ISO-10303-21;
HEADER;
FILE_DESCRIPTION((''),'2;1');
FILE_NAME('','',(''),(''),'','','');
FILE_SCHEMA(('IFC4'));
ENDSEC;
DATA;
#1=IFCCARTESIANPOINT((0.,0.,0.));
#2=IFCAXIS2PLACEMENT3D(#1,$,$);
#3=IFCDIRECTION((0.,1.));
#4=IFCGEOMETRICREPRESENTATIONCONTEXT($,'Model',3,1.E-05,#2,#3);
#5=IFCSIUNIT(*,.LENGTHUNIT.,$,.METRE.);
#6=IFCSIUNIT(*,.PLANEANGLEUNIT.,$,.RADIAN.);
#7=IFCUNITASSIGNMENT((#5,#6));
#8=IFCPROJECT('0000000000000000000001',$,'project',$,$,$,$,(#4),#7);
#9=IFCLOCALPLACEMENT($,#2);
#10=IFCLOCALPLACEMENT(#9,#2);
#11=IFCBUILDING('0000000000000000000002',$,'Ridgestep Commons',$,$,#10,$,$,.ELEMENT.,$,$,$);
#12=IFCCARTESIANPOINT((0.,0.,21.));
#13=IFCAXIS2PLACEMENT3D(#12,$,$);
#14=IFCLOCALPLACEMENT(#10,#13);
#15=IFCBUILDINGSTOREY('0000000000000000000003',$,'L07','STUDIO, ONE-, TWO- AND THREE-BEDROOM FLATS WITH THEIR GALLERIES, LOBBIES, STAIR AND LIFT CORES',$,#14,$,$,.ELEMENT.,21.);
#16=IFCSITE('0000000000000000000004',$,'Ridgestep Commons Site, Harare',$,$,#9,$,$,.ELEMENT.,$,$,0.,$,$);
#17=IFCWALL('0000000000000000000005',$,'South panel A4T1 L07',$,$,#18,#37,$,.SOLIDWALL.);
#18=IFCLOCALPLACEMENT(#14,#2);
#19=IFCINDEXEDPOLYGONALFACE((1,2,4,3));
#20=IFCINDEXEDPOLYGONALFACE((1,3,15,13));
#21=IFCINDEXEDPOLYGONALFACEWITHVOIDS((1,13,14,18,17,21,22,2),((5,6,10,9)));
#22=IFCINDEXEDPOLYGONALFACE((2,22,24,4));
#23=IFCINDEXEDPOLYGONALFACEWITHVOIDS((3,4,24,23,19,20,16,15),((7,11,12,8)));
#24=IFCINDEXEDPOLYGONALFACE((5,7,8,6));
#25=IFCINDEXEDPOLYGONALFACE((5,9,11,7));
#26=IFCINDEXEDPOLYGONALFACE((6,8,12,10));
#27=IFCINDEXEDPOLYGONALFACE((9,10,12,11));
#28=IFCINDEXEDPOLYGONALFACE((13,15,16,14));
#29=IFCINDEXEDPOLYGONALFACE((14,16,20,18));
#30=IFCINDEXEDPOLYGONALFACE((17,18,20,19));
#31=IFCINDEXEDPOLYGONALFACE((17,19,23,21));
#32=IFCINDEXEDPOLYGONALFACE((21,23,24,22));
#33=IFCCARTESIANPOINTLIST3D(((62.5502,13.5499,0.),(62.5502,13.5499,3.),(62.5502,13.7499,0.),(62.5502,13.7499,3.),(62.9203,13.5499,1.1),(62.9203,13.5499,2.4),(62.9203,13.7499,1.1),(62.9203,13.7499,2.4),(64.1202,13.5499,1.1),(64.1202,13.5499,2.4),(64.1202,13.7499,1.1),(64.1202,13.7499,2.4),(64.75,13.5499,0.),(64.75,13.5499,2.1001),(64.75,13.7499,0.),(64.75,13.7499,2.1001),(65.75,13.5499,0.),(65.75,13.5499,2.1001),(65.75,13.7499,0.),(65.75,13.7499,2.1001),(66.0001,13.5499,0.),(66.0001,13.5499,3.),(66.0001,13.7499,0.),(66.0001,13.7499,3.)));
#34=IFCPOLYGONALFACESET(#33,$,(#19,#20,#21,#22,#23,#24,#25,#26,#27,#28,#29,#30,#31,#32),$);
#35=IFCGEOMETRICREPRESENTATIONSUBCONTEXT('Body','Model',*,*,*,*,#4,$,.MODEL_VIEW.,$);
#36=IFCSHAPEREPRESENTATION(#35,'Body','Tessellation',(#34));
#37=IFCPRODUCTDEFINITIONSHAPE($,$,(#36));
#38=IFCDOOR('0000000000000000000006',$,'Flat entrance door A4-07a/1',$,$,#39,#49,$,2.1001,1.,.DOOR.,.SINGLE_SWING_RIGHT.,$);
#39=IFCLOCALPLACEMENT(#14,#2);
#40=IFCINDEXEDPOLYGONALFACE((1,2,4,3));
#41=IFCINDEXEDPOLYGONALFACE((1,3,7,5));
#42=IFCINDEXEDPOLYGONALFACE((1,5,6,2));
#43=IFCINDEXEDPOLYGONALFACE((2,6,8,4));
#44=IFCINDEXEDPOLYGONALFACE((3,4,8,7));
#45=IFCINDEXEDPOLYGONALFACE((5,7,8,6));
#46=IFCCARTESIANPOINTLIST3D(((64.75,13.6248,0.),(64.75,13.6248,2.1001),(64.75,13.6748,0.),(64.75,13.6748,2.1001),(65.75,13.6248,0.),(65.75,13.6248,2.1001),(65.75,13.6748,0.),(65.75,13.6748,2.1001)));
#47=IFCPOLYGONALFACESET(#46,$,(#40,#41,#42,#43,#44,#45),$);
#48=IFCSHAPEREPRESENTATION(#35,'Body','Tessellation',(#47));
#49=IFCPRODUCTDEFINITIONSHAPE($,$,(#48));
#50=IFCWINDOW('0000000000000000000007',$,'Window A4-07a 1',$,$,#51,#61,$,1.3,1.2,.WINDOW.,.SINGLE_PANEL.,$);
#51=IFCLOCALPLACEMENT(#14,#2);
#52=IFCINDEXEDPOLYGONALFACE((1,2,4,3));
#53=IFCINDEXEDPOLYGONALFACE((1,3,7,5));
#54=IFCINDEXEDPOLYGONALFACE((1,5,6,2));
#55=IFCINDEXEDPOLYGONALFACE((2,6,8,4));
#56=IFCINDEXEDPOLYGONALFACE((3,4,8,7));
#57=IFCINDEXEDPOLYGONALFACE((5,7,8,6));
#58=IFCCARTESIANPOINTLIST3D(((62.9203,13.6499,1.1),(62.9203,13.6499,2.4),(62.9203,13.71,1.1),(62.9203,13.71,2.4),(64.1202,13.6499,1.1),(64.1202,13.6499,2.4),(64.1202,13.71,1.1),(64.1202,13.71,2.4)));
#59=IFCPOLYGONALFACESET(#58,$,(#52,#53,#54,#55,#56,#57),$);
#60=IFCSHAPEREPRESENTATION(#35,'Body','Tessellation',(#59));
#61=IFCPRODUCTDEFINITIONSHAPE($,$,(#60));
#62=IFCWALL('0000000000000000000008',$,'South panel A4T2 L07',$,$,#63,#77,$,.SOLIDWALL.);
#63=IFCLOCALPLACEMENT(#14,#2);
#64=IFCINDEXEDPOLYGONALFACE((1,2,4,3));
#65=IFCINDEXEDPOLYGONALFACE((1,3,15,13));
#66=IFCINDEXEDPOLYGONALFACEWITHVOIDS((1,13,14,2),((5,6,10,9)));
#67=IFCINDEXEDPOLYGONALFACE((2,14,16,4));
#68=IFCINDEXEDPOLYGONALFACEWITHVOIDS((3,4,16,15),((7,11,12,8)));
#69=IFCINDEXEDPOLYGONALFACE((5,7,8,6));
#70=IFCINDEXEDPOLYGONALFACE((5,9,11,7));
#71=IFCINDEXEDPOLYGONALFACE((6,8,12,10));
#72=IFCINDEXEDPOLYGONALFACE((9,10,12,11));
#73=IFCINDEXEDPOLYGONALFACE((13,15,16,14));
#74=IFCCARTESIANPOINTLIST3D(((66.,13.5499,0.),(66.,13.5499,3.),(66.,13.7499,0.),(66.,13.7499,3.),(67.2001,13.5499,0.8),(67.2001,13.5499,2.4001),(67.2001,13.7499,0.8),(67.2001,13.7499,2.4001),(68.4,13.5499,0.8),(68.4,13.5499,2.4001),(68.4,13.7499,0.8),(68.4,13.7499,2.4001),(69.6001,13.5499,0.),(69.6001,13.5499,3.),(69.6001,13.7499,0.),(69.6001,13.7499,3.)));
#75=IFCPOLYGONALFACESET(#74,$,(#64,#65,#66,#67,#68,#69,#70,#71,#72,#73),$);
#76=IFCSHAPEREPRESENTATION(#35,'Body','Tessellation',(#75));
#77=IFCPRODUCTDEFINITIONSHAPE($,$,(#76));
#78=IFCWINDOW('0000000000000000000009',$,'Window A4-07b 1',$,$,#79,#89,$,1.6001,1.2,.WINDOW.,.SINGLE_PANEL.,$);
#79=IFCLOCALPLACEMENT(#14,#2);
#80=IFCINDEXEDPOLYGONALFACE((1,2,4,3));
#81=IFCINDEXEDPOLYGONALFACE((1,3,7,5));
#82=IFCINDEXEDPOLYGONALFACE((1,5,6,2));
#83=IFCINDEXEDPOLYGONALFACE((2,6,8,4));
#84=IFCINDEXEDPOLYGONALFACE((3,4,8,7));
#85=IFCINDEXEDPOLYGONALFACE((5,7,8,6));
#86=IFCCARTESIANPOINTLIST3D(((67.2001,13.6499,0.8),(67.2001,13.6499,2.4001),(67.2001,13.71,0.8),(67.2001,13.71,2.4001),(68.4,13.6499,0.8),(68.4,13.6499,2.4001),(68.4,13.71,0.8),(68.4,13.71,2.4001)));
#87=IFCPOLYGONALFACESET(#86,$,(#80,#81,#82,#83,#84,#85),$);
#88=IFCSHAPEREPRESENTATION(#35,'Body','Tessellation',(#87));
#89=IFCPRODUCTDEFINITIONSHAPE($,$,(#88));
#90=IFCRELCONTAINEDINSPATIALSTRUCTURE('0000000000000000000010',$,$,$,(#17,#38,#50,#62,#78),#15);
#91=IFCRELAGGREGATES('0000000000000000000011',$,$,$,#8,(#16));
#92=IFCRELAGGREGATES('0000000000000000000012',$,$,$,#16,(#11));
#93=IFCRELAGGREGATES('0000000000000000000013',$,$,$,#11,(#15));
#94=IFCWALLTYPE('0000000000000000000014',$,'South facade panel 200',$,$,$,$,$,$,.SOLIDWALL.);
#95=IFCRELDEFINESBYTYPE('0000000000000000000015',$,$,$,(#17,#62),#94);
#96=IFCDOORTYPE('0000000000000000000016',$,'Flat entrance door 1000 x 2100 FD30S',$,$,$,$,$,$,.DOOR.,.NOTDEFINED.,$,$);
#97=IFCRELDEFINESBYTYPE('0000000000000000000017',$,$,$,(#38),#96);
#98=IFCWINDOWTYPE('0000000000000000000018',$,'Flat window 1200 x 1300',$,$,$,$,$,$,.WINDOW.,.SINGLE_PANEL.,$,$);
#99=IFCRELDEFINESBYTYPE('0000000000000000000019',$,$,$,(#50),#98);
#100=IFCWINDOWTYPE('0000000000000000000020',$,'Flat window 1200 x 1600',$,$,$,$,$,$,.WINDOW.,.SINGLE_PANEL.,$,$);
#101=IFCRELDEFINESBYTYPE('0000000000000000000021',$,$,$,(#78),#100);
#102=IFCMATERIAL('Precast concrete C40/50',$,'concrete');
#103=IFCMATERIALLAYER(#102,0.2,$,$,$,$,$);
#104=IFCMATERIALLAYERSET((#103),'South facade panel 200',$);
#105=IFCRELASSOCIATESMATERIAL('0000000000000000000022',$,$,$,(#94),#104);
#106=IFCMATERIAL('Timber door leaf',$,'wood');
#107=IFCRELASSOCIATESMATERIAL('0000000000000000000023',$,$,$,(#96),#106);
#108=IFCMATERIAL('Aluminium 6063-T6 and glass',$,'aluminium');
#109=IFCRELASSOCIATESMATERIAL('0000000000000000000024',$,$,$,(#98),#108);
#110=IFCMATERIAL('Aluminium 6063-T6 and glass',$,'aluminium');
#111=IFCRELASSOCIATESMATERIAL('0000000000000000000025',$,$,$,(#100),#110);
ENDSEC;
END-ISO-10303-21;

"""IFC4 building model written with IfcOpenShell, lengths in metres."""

from ifc_helpers import new_model, si_unit, direction, frame, frame_2d, origin, place, context, subcontext, project, spatial, rectangle, extrude, material, layer, layer_set, type_object, element, fill, save


model = new_model("IFC4")

# Units and contexts
model_context = context("Model", 3, precision=1e-05, world=origin(), true_north=direction((0.0, 1.0)))
body_context = subcontext(model_context, "Body", "Model", "MODEL_VIEW")
ifc_project = project(units=[si_unit("LENGTHUNIT", "METRE"), si_unit("PLANEANGLEUNIT", "RADIAN")], contexts=[model_context])

# Site, building, storey
site_placement = place(None, origin())
site = spatial("IfcSite", under=ifc_project, at=site_placement, Name="Ridgestep Commons Site, Harare", CompositionType="ELEMENT", RefElevation=0.0)
building_placement = place(site_placement, origin())
building = spatial("IfcBuilding", under=site, at=building_placement, Name="Ridgestep Commons", CompositionType="ELEMENT")
storey_placement = place(building_placement, frame((0.0, 0.0, 21.0)))
storey = spatial("IfcBuildingStorey", under=building, at=storey_placement, Name="L07", Description="STUDIO, ONE-, TWO- AND THREE-BEDROOM FLATS WITH THEIR GALLERIES, LOBBIES, STAIR AND LIFT CORES", CompositionType="ELEMENT", Elevation=21.0)

# Wall, openings, door, window
ifc_material_1 = material(Name="Precast concrete C40/50", Category="concrete")
ifc_layer_1 = layer(ifc_material_1, 0.2)
ifc_layer_set_1 = layer_set([ifc_layer_1], Name="South facade panel 200")
wall_type_1 = type_object("IfcWallType", Name="South facade panel 200", PredefinedType="SOLIDWALL", material=ifc_layer_set_1)
wall_1_placement = place(storey_placement, frame((62.55, 13.6499, 0.0), z_axis=(0.0, 0.0, 1.0), x_axis=(1.0, 0.0, 0.0)))
wall_1 = element("IfcWall", 1, at=wall_1_placement, inside=storey, type_object=wall_type_1, Name="South panel A4T1 L07", PredefinedType="SOLIDWALL", context=body_context, shape_type="SweptSolid", body=[
    extrude(rectangle(XDim=3.45, YDim=0.2, at=frame_2d((1.7251, 0.0))), origin(), (0.0, 0.0, 1.0), 3.0),
])
opening_1_placement = place(wall_1_placement, frame((0.3701, 0.0, 1.1001)))
opening_1 = element("IfcOpeningElement", 2, at=opening_1_placement, cuts=wall_1, PredefinedType="OPENING", context=body_context, shape_type="SweptSolid", body=[
    extrude(rectangle(XDim=1.2, YDim=1.3, at=frame_2d((0.6001, 0.6499))), frame((0.0, 0.1099, 0.0), z_axis=(0.0, -1.0, 0.0), x_axis=(1.0, 0.0, 0.0)), (0.0, 0.0, 1.0), 0.22),
])
opening_2_placement = place(wall_1_placement, frame((2.2, 0.0, 0.0)))
opening_2 = element("IfcOpeningElement", 3, at=opening_2_placement, cuts=wall_1, PredefinedType="OPENING", context=body_context, shape_type="SweptSolid", body=[
    extrude(rectangle(XDim=1.0, YDim=2.1001, at=frame_2d((0.5, 1.05))), frame((0.0, 0.1099, 0.0), z_axis=(0.0, -1.0, 0.0), x_axis=(1.0, 0.0, 0.0)), (0.0, 0.0, 1.0), 0.22),
])
ifc_material_2 = material(Name="Timber door leaf", Category="wood")
door_type_1 = type_object("IfcDoorType", Name="Flat entrance door 1000 x 2100 FD30S", OperationType="NOTDEFINED", PredefinedType="DOOR", material=ifc_material_2)
door_1_placement = place(opening_2_placement, origin())
door_1 = element("IfcDoor", 4, at=door_1_placement, inside=storey, type_object=door_type_1, Name="Flat entrance door A4-07a/1", OperationType="SINGLE_SWING_RIGHT", OverallHeight=2.1001, OverallWidth=1.0, PredefinedType="DOOR", context=body_context, shape_type="SweptSolid", body=[
    extrude(rectangle(XDim=1.0, YDim=2.1001, at=frame_2d((0.5, 1.05))), frame((0.0, 0.0249, 0.0), z_axis=(0.0, -1.0, 0.0), x_axis=(1.0, 0.0, 0.0)), (0.0, 0.0, 1.0), 0.05),
])
fill(opening_2, door_1)
ifc_material_3 = material(Name="Aluminium 6063-T6 and glass", Category="aluminium")
window_type_1 = type_object("IfcWindowType", Name="Flat window 1200 x 1300", PartitioningType="SINGLE_PANEL", PredefinedType="WINDOW", material=ifc_material_3)
window_1_placement = place(opening_1_placement, origin())
window_1 = element("IfcWindow", 5, at=window_1_placement, inside=storey, type_object=window_type_1, Name="Window A4-07a 1", OverallHeight=1.3, OverallWidth=1.2, PartitioningType="SINGLE_PANEL", PredefinedType="WINDOW", context=body_context, shape_type="SweptSolid", body=[
    extrude(rectangle(XDim=1.2, YDim=1.3, at=frame_2d((0.6001, 0.6499))), frame((0.0, 0.0601, 0.0), z_axis=(0.0, -1.0, 0.0), x_axis=(1.0, 0.0, 0.0)), (0.0, 0.0, 1.0), 0.0601),
])
fill(opening_1, window_1)

# Wall, opening, window
wall_2_placement = place(storey_placement, frame((66.0, 13.6499, 0.0), z_axis=(0.0, 0.0, 1.0), x_axis=(1.0, 0.0, 0.0)))
wall_2 = element("IfcWall", 6, at=wall_2_placement, inside=storey, type_object=wall_type_1, Name="South panel A4T2 L07", PredefinedType="SOLIDWALL", context=body_context, shape_type="SweptSolid", body=[
    extrude(rectangle(XDim=3.6001, YDim=0.2, at=frame_2d((1.8, 0.0))), origin(), (0.0, 0.0, 1.0), 3.0),
])
opening_3_placement = place(wall_2_placement, frame((1.2, 0.0, 0.8)))
opening_3 = element("IfcOpeningElement", 7, at=opening_3_placement, cuts=wall_2, PredefinedType="OPENING", context=body_context, shape_type="SweptSolid", body=[
    extrude(rectangle(XDim=1.2, YDim=1.6001, at=frame_2d((0.6001, 0.8))), frame((0.0, 0.1099, 0.0), z_axis=(0.0, -1.0, 0.0), x_axis=(1.0, 0.0, 0.0)), (0.0, 0.0, 1.0), 0.22),
])
ifc_material_4 = material(Name="Aluminium 6063-T6 and glass", Category="aluminium")
window_type_2 = type_object("IfcWindowType", Name="Flat window 1200 x 1600", PartitioningType="SINGLE_PANEL", PredefinedType="WINDOW", material=ifc_material_4)
window_2_placement = place(opening_3_placement, origin())
window_2 = element("IfcWindow", 8, at=window_2_placement, inside=storey, type_object=window_type_2, Name="Window A4-07b 1", OverallHeight=1.6001, OverallWidth=1.2, PartitioningType="SINGLE_PANEL", PredefinedType="WINDOW", context=body_context, shape_type="SweptSolid", body=[
    extrude(rectangle(XDim=1.2, YDim=1.6001, at=frame_2d((0.6001, 0.8))), frame((0.0, 0.0601, 0.0), z_axis=(0.0, -1.0, 0.0), x_axis=(1.0, 0.0, 0.0)), (0.0, 0.0, 1.0), 0.0601),
])
fill(opening_3, window_2)

save(model, "model.ifc")
